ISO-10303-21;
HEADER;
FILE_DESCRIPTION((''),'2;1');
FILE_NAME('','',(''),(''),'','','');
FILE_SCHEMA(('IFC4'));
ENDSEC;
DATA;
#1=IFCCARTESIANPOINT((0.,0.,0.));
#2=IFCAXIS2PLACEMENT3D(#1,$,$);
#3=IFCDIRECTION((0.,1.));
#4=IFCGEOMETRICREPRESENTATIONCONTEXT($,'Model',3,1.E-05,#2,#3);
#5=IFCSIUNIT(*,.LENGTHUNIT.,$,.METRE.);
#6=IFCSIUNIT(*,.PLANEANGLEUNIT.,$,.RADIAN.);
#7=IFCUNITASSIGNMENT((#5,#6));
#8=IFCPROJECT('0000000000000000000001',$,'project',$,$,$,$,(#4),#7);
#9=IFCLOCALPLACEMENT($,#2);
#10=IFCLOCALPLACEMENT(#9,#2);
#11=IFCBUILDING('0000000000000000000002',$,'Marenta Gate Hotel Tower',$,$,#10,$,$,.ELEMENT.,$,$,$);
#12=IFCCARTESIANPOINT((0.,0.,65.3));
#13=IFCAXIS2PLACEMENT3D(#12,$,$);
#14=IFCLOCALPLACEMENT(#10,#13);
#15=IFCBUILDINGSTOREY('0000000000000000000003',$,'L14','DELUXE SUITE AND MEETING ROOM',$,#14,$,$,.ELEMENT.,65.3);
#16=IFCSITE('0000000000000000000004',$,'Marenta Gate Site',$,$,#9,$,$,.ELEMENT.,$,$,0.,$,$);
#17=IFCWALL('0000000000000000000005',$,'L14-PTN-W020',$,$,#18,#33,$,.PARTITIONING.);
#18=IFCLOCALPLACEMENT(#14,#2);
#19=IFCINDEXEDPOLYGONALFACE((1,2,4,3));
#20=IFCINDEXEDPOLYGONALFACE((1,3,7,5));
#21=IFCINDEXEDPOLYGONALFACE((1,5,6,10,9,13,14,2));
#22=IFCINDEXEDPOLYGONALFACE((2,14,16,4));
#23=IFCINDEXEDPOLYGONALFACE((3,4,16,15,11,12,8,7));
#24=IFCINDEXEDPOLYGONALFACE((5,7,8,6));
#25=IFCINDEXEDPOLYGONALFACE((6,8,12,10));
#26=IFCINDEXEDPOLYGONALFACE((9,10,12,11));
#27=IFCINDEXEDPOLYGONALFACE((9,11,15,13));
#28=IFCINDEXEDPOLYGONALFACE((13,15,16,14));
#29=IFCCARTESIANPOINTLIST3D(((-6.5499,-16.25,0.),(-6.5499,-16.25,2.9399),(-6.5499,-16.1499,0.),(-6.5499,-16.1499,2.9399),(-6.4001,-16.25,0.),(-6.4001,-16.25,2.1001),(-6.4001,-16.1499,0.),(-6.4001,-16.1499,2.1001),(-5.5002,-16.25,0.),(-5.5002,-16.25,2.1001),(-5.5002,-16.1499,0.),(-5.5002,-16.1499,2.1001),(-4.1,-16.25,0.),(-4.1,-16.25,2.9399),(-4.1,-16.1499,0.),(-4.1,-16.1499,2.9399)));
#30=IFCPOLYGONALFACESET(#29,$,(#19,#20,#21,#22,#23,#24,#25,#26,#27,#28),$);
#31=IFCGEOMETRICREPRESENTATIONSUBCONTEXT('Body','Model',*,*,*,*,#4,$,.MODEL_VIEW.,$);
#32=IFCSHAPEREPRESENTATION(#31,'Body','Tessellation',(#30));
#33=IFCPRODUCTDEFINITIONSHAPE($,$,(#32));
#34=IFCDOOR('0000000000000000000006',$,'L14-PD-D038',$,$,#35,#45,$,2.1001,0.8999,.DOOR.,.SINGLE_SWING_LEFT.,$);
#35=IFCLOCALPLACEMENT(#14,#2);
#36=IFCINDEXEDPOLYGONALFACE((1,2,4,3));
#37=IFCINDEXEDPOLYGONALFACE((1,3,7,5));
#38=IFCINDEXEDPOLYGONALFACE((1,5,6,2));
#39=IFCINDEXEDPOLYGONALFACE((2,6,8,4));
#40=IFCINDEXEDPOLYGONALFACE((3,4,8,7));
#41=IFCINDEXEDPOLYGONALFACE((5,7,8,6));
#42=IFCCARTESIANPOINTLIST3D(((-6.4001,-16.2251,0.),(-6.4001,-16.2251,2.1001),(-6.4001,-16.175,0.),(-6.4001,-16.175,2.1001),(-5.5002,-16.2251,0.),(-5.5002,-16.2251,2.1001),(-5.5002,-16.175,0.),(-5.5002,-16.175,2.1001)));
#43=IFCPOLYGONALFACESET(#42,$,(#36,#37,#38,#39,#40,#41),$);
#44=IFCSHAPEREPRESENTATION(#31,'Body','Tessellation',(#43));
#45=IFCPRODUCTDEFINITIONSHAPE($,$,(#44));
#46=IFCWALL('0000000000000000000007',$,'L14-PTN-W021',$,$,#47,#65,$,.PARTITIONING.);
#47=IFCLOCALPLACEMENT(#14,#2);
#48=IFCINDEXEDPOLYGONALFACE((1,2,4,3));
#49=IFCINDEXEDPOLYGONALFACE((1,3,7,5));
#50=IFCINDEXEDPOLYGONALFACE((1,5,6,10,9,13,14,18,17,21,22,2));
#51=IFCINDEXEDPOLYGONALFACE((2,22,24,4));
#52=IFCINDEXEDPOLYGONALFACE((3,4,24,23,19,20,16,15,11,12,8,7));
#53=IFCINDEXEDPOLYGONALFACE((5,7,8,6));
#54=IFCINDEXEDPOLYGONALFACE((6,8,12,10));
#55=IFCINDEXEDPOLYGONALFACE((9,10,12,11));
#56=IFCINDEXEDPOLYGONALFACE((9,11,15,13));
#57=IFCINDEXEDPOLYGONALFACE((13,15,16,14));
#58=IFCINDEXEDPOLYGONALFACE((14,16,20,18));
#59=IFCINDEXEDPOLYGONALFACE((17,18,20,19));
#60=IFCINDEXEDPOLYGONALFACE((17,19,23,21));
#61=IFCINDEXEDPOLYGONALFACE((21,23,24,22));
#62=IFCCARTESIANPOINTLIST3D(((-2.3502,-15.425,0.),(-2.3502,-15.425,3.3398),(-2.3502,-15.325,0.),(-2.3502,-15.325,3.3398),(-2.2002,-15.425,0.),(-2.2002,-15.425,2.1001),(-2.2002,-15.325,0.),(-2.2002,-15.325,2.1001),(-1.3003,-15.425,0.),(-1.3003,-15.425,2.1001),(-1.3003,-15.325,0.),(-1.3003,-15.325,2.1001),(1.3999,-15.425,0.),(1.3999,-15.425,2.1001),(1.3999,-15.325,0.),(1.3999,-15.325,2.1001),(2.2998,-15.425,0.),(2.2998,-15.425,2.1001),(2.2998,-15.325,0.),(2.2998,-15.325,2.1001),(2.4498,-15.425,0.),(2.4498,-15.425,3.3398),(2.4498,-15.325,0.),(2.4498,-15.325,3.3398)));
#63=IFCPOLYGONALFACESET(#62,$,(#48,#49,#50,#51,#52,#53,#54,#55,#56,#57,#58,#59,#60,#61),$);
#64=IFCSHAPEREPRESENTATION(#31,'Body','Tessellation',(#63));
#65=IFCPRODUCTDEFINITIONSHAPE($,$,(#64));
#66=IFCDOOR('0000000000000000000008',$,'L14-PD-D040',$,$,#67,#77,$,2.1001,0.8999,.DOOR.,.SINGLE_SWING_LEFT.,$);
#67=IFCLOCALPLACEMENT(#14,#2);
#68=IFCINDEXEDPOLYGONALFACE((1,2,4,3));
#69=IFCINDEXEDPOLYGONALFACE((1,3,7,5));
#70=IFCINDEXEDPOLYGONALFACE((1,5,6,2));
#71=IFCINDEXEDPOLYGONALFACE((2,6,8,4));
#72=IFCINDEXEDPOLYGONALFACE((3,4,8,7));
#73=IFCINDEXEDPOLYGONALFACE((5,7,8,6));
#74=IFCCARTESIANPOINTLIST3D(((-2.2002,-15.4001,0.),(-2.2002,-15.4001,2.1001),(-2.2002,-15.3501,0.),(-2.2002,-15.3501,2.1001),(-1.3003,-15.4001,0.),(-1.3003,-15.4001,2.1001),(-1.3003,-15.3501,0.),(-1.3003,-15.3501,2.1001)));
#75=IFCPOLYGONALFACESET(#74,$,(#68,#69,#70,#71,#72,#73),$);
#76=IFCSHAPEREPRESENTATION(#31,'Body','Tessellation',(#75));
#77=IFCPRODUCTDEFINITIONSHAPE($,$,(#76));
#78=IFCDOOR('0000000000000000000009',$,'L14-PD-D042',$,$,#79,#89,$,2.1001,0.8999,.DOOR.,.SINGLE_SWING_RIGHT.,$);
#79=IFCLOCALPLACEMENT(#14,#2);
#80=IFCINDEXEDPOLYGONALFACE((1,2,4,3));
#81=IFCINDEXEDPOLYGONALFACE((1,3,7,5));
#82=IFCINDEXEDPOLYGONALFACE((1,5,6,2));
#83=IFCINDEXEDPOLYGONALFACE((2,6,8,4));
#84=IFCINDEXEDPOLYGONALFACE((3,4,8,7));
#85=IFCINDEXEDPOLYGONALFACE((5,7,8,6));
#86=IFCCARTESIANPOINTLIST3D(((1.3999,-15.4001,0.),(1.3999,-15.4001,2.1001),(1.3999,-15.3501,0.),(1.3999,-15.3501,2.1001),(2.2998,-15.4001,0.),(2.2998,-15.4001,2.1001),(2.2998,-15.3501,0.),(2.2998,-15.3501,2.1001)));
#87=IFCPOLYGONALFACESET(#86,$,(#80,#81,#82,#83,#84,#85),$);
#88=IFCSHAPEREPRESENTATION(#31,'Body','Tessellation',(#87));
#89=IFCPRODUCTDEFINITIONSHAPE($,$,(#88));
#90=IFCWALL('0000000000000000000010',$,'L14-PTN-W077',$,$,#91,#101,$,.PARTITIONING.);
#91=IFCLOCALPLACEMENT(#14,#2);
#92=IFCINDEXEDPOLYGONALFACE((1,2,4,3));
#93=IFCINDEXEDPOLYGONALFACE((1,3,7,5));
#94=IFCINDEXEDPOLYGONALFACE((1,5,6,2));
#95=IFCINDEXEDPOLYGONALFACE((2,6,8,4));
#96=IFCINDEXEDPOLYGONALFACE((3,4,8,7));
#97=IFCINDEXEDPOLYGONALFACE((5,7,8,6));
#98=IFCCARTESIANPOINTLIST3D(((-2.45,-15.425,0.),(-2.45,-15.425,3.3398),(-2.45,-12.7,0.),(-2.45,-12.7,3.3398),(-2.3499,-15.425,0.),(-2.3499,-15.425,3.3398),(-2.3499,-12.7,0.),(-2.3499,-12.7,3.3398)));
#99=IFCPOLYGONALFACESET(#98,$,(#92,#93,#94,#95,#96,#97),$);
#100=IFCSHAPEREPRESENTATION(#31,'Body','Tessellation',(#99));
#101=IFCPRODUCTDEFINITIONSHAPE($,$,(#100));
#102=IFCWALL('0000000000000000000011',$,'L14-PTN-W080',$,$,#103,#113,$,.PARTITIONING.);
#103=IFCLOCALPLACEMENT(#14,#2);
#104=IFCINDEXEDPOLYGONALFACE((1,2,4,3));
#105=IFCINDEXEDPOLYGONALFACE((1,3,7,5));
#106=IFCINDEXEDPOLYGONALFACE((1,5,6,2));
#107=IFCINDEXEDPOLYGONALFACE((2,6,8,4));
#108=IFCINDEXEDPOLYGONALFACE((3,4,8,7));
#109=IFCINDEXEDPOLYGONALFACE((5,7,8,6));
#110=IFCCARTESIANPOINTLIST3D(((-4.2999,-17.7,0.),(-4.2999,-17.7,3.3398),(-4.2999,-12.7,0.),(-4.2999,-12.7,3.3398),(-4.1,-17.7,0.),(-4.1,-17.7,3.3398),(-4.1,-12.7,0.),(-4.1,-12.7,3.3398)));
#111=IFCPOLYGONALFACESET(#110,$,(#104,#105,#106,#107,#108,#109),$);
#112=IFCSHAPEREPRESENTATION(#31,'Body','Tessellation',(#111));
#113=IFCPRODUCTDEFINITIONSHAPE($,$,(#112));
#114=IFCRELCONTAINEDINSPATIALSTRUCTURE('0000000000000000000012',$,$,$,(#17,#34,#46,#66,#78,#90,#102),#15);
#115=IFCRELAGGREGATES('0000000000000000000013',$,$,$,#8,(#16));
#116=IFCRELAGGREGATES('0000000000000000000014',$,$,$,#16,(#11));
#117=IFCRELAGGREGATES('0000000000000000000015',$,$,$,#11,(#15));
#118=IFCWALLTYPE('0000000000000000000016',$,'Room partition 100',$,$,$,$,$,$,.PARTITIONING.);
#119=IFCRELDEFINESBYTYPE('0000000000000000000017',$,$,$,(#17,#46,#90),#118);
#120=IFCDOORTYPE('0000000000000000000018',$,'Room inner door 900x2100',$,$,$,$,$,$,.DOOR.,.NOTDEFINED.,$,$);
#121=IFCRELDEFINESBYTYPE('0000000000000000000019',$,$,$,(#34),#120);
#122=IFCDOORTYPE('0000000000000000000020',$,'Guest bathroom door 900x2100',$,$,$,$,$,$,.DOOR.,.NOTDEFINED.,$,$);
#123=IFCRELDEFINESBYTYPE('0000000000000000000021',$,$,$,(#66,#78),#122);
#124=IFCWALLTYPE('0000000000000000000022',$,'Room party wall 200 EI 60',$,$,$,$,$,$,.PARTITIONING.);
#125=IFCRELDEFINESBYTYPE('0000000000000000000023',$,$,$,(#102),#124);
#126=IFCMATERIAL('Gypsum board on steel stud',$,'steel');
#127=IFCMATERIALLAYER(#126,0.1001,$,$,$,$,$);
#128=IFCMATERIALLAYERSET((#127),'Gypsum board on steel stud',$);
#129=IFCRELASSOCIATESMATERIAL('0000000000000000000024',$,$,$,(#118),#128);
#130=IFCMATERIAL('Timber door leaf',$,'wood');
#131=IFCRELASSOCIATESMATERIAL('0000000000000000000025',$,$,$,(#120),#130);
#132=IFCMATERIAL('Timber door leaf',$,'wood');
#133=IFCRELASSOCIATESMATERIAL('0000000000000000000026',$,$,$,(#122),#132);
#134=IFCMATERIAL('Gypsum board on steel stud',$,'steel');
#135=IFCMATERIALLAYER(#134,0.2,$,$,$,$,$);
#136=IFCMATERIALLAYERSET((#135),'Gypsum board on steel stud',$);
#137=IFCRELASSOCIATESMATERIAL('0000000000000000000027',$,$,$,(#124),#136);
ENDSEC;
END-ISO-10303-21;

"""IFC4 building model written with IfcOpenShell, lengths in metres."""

from ifc_helpers import new_model, si_unit, direction, frame, frame_2d, origin, place, context, subcontext, project, spatial, rectangle, extrude, material, layer, layer_set, type_object, element, fill, save


model = new_model("IFC4")

# Units and contexts
model_context = context("Model", 3, precision=1e-05, world=origin(), true_north=direction((0.0, 1.0)))
body_context = subcontext(model_context, "Body", "Model", "MODEL_VIEW")
ifc_project = project(units=[si_unit("LENGTHUNIT", "METRE"), si_unit("PLANEANGLEUNIT", "RADIAN")], contexts=[model_context])

# Site, building, storey
site_placement = place(None, origin())
site = spatial("IfcSite", under=ifc_project, at=site_placement, Name="Marenta Gate Site", CompositionType="ELEMENT", RefElevation=0.0)
building_placement = place(site_placement, origin())
building = spatial("IfcBuilding", under=site, at=building_placement, Name="Marenta Gate Hotel Tower", CompositionType="ELEMENT")
storey_placement = place(building_placement, frame((0.0, 0.0, 65.3)))
storey = spatial("IfcBuildingStorey", under=building, at=storey_placement, Name="L14", Description="DELUXE SUITE AND MEETING ROOM", CompositionType="ELEMENT", Elevation=65.3)

# Wall, opening, door
ifc_material_1 = material(Name="Gypsum board on steel stud", Category="steel")
ifc_layer_1 = layer(ifc_material_1, 0.1001)
ifc_layer_set_1 = layer_set([ifc_layer_1], Name="Gypsum board on steel stud")
wall_type_1 = type_object("IfcWallType", Name="Room partition 100", PredefinedType="PARTITIONING", material=ifc_layer_set_1)
wall_1_placement = place(storey_placement, frame((-6.55, -16.2, 0.0), z_axis=(0.0, 0.0, 1.0), x_axis=(1.0, 0.0, 0.0)))
wall_1 = element("IfcWall", 1, at=wall_1_placement, inside=storey, type_object=wall_type_1, Name="L14-PTN-W020", PredefinedType="PARTITIONING", context=body_context, shape_type="SweptSolid", body=[
    extrude(rectangle(XDim=2.45, YDim=0.1001, at=frame_2d((1.2251, 0.0))), origin(), (0.0, 0.0, 1.0), 2.9399),
])
opening_1_placement = place(wall_1_placement, frame((0.1499, 0.0, 0.0)))
opening_1 = element("IfcOpeningElement", 2, at=opening_1_placement, cuts=wall_1, PredefinedType="OPENING", context=body_context, shape_type="SweptSolid", body=[
    extrude(rectangle(XDim=0.8999, YDim=2.1001, at=frame_2d((0.45, 1.05))), frame((0.0, 0.05, 0.0), z_axis=(0.0, -1.0, 0.0), x_axis=(1.0, 0.0, 0.0)), (0.0, 0.0, 1.0), 0.1001),
])
ifc_material_2 = material(Name="Timber door leaf", Category="wood")
door_type_1 = type_object("IfcDoorType", Name="Room inner door 900x2100", OperationType="NOTDEFINED", PredefinedType="DOOR", material=ifc_material_2)
door_1_placement = place(opening_1_placement, origin())
door_1 = element("IfcDoor", 3, at=door_1_placement, inside=storey, type_object=door_type_1, Name="L14-PD-D038", OperationType="SINGLE_SWING_LEFT", OverallHeight=2.1001, OverallWidth=0.8999, PredefinedType="DOOR", context=body_context, shape_type="SweptSolid", body=[
    extrude(rectangle(XDim=0.8999, YDim=2.1001, at=frame_2d((0.45, 1.05))), frame((0.0, 0.0249, 0.0), z_axis=(0.0, -1.0, 0.0), x_axis=(1.0, 0.0, 0.0)), (0.0, 0.0, 1.0), 0.05),
])
fill(opening_1, door_1)

# Wall, openings, doors
wall_2_placement = place(storey_placement, frame((-2.3501, -15.375, 0.0), z_axis=(0.0, 0.0, 1.0), x_axis=(1.0, 0.0, 0.0)))
wall_2 = element("IfcWall", 4, at=wall_2_placement, inside=storey, type_object=wall_type_1, Name="L14-PTN-W021", PredefinedType="PARTITIONING", context=body_context, shape_type="SweptSolid", body=[
    extrude(rectangle(XDim=4.8, YDim=0.1001, at=frame_2d((2.3999, 0.0))), origin(), (0.0, 0.0, 1.0), 3.3398),
])
opening_2_placement = place(wall_2_placement, frame((0.1499, 0.0, 0.0)))
opening_2 = element("IfcOpeningElement", 5, at=opening_2_placement, cuts=wall_2, PredefinedType="OPENING", context=body_context, shape_type="SweptSolid", body=[
    extrude(rectangle(XDim=0.8999, YDim=2.1001, at=frame_2d((0.45, 1.05))), frame((0.0, 0.05, 0.0), z_axis=(0.0, -1.0, 0.0), x_axis=(1.0, 0.0, 0.0)), (0.0, 0.0, 1.0), 0.1001),
])
opening_3_placement = place(wall_2_placement, frame((3.75, 0.0, 0.0)))
opening_3 = element("IfcOpeningElement", 6, at=opening_3_placement, cuts=wall_2, PredefinedType="OPENING", context=body_context, shape_type="SweptSolid", body=[
    extrude(rectangle(XDim=0.8999, YDim=2.1001, at=frame_2d((0.45, 1.05))), frame((0.0, 0.05, 0.0), z_axis=(0.0, -1.0, 0.0), x_axis=(1.0, 0.0, 0.0)), (0.0, 0.0, 1.0), 0.1001),
])
ifc_material_3 = material(Name="Timber door leaf", Category="wood")
door_type_2 = type_object("IfcDoorType", Name="Guest bathroom door 900x2100", OperationType="NOTDEFINED", PredefinedType="DOOR", material=ifc_material_3)
door_2_placement = place(opening_2_placement, origin())
door_2 = element("IfcDoor", 7, at=door_2_placement, inside=storey, type_object=door_type_2, Name="L14-PD-D040", OperationType="SINGLE_SWING_LEFT", OverallHeight=2.1001, OverallWidth=0.8999, PredefinedType="DOOR", context=body_context, shape_type="SweptSolid", body=[
    extrude(rectangle(XDim=0.8999, YDim=2.1001, at=frame_2d((0.45, 1.05))), frame((0.0, 0.0249, 0.0), z_axis=(0.0, -1.0, 0.0), x_axis=(1.0, 0.0, 0.0)), (0.0, 0.0, 1.0), 0.05),
])
fill(opening_2, door_2)
door_3_placement = place(opening_3_placement, origin())
door_3 = element("IfcDoor", 8, at=door_3_placement, inside=storey, type_object=door_type_2, Name="L14-PD-D042", OperationType="SINGLE_SWING_RIGHT", OverallHeight=2.1001, OverallWidth=0.8999, PredefinedType="DOOR", context=body_context, shape_type="SweptSolid", body=[
    extrude(rectangle(XDim=0.8999, YDim=2.1001, at=frame_2d((0.45, 1.05))), frame((0.0, 0.0249, 0.0), z_axis=(0.0, -1.0, 0.0), x_axis=(1.0, 0.0, 0.0)), (0.0, 0.0, 1.0), 0.05),
])
fill(opening_3, door_3)

# Walls
wall_3_placement = place(storey_placement, frame((-2.3999, -15.425, 0.0), z_axis=(0.0, 0.0, 1.0), x_axis=(0.0, 1.0, 0.0)))
element("IfcWall", 9, at=wall_3_placement, inside=storey, type_object=wall_type_1, Name="L14-PTN-W077", PredefinedType="PARTITIONING", context=body_context, shape_type="SweptSolid", body=[
    extrude(rectangle(XDim=2.7251, YDim=0.1001, at=frame_2d((1.3625, 0.0))), origin(), (0.0, 0.0, 1.0), 3.3398),
])
ifc_material_4 = material(Name="Gypsum board on steel stud", Category="steel")
ifc_layer_2 = layer(ifc_material_4, 0.2)
ifc_layer_set_2 = layer_set([ifc_layer_2], Name="Gypsum board on steel stud")
wall_type_2 = type_object("IfcWallType", Name="Room party wall 200 EI 60", PredefinedType="PARTITIONING", material=ifc_layer_set_2)
wall_4_placement = place(storey_placement, frame((-4.2, -17.7, 0.0), z_axis=(0.0, 0.0, 1.0), x_axis=(0.0, 1.0, 0.0)))
element("IfcWall", 10, at=wall_4_placement, inside=storey, type_object=wall_type_2, Name="L14-PTN-W080", PredefinedType="PARTITIONING", context=body_context, shape_type="SweptSolid", body=[
    extrude(rectangle(XDim=5.0, YDim=0.2, at=frame_2d((2.5, 0.0))), origin(), (0.0, 0.0, 1.0), 3.3398),
])

save(model, "model.ifc")
